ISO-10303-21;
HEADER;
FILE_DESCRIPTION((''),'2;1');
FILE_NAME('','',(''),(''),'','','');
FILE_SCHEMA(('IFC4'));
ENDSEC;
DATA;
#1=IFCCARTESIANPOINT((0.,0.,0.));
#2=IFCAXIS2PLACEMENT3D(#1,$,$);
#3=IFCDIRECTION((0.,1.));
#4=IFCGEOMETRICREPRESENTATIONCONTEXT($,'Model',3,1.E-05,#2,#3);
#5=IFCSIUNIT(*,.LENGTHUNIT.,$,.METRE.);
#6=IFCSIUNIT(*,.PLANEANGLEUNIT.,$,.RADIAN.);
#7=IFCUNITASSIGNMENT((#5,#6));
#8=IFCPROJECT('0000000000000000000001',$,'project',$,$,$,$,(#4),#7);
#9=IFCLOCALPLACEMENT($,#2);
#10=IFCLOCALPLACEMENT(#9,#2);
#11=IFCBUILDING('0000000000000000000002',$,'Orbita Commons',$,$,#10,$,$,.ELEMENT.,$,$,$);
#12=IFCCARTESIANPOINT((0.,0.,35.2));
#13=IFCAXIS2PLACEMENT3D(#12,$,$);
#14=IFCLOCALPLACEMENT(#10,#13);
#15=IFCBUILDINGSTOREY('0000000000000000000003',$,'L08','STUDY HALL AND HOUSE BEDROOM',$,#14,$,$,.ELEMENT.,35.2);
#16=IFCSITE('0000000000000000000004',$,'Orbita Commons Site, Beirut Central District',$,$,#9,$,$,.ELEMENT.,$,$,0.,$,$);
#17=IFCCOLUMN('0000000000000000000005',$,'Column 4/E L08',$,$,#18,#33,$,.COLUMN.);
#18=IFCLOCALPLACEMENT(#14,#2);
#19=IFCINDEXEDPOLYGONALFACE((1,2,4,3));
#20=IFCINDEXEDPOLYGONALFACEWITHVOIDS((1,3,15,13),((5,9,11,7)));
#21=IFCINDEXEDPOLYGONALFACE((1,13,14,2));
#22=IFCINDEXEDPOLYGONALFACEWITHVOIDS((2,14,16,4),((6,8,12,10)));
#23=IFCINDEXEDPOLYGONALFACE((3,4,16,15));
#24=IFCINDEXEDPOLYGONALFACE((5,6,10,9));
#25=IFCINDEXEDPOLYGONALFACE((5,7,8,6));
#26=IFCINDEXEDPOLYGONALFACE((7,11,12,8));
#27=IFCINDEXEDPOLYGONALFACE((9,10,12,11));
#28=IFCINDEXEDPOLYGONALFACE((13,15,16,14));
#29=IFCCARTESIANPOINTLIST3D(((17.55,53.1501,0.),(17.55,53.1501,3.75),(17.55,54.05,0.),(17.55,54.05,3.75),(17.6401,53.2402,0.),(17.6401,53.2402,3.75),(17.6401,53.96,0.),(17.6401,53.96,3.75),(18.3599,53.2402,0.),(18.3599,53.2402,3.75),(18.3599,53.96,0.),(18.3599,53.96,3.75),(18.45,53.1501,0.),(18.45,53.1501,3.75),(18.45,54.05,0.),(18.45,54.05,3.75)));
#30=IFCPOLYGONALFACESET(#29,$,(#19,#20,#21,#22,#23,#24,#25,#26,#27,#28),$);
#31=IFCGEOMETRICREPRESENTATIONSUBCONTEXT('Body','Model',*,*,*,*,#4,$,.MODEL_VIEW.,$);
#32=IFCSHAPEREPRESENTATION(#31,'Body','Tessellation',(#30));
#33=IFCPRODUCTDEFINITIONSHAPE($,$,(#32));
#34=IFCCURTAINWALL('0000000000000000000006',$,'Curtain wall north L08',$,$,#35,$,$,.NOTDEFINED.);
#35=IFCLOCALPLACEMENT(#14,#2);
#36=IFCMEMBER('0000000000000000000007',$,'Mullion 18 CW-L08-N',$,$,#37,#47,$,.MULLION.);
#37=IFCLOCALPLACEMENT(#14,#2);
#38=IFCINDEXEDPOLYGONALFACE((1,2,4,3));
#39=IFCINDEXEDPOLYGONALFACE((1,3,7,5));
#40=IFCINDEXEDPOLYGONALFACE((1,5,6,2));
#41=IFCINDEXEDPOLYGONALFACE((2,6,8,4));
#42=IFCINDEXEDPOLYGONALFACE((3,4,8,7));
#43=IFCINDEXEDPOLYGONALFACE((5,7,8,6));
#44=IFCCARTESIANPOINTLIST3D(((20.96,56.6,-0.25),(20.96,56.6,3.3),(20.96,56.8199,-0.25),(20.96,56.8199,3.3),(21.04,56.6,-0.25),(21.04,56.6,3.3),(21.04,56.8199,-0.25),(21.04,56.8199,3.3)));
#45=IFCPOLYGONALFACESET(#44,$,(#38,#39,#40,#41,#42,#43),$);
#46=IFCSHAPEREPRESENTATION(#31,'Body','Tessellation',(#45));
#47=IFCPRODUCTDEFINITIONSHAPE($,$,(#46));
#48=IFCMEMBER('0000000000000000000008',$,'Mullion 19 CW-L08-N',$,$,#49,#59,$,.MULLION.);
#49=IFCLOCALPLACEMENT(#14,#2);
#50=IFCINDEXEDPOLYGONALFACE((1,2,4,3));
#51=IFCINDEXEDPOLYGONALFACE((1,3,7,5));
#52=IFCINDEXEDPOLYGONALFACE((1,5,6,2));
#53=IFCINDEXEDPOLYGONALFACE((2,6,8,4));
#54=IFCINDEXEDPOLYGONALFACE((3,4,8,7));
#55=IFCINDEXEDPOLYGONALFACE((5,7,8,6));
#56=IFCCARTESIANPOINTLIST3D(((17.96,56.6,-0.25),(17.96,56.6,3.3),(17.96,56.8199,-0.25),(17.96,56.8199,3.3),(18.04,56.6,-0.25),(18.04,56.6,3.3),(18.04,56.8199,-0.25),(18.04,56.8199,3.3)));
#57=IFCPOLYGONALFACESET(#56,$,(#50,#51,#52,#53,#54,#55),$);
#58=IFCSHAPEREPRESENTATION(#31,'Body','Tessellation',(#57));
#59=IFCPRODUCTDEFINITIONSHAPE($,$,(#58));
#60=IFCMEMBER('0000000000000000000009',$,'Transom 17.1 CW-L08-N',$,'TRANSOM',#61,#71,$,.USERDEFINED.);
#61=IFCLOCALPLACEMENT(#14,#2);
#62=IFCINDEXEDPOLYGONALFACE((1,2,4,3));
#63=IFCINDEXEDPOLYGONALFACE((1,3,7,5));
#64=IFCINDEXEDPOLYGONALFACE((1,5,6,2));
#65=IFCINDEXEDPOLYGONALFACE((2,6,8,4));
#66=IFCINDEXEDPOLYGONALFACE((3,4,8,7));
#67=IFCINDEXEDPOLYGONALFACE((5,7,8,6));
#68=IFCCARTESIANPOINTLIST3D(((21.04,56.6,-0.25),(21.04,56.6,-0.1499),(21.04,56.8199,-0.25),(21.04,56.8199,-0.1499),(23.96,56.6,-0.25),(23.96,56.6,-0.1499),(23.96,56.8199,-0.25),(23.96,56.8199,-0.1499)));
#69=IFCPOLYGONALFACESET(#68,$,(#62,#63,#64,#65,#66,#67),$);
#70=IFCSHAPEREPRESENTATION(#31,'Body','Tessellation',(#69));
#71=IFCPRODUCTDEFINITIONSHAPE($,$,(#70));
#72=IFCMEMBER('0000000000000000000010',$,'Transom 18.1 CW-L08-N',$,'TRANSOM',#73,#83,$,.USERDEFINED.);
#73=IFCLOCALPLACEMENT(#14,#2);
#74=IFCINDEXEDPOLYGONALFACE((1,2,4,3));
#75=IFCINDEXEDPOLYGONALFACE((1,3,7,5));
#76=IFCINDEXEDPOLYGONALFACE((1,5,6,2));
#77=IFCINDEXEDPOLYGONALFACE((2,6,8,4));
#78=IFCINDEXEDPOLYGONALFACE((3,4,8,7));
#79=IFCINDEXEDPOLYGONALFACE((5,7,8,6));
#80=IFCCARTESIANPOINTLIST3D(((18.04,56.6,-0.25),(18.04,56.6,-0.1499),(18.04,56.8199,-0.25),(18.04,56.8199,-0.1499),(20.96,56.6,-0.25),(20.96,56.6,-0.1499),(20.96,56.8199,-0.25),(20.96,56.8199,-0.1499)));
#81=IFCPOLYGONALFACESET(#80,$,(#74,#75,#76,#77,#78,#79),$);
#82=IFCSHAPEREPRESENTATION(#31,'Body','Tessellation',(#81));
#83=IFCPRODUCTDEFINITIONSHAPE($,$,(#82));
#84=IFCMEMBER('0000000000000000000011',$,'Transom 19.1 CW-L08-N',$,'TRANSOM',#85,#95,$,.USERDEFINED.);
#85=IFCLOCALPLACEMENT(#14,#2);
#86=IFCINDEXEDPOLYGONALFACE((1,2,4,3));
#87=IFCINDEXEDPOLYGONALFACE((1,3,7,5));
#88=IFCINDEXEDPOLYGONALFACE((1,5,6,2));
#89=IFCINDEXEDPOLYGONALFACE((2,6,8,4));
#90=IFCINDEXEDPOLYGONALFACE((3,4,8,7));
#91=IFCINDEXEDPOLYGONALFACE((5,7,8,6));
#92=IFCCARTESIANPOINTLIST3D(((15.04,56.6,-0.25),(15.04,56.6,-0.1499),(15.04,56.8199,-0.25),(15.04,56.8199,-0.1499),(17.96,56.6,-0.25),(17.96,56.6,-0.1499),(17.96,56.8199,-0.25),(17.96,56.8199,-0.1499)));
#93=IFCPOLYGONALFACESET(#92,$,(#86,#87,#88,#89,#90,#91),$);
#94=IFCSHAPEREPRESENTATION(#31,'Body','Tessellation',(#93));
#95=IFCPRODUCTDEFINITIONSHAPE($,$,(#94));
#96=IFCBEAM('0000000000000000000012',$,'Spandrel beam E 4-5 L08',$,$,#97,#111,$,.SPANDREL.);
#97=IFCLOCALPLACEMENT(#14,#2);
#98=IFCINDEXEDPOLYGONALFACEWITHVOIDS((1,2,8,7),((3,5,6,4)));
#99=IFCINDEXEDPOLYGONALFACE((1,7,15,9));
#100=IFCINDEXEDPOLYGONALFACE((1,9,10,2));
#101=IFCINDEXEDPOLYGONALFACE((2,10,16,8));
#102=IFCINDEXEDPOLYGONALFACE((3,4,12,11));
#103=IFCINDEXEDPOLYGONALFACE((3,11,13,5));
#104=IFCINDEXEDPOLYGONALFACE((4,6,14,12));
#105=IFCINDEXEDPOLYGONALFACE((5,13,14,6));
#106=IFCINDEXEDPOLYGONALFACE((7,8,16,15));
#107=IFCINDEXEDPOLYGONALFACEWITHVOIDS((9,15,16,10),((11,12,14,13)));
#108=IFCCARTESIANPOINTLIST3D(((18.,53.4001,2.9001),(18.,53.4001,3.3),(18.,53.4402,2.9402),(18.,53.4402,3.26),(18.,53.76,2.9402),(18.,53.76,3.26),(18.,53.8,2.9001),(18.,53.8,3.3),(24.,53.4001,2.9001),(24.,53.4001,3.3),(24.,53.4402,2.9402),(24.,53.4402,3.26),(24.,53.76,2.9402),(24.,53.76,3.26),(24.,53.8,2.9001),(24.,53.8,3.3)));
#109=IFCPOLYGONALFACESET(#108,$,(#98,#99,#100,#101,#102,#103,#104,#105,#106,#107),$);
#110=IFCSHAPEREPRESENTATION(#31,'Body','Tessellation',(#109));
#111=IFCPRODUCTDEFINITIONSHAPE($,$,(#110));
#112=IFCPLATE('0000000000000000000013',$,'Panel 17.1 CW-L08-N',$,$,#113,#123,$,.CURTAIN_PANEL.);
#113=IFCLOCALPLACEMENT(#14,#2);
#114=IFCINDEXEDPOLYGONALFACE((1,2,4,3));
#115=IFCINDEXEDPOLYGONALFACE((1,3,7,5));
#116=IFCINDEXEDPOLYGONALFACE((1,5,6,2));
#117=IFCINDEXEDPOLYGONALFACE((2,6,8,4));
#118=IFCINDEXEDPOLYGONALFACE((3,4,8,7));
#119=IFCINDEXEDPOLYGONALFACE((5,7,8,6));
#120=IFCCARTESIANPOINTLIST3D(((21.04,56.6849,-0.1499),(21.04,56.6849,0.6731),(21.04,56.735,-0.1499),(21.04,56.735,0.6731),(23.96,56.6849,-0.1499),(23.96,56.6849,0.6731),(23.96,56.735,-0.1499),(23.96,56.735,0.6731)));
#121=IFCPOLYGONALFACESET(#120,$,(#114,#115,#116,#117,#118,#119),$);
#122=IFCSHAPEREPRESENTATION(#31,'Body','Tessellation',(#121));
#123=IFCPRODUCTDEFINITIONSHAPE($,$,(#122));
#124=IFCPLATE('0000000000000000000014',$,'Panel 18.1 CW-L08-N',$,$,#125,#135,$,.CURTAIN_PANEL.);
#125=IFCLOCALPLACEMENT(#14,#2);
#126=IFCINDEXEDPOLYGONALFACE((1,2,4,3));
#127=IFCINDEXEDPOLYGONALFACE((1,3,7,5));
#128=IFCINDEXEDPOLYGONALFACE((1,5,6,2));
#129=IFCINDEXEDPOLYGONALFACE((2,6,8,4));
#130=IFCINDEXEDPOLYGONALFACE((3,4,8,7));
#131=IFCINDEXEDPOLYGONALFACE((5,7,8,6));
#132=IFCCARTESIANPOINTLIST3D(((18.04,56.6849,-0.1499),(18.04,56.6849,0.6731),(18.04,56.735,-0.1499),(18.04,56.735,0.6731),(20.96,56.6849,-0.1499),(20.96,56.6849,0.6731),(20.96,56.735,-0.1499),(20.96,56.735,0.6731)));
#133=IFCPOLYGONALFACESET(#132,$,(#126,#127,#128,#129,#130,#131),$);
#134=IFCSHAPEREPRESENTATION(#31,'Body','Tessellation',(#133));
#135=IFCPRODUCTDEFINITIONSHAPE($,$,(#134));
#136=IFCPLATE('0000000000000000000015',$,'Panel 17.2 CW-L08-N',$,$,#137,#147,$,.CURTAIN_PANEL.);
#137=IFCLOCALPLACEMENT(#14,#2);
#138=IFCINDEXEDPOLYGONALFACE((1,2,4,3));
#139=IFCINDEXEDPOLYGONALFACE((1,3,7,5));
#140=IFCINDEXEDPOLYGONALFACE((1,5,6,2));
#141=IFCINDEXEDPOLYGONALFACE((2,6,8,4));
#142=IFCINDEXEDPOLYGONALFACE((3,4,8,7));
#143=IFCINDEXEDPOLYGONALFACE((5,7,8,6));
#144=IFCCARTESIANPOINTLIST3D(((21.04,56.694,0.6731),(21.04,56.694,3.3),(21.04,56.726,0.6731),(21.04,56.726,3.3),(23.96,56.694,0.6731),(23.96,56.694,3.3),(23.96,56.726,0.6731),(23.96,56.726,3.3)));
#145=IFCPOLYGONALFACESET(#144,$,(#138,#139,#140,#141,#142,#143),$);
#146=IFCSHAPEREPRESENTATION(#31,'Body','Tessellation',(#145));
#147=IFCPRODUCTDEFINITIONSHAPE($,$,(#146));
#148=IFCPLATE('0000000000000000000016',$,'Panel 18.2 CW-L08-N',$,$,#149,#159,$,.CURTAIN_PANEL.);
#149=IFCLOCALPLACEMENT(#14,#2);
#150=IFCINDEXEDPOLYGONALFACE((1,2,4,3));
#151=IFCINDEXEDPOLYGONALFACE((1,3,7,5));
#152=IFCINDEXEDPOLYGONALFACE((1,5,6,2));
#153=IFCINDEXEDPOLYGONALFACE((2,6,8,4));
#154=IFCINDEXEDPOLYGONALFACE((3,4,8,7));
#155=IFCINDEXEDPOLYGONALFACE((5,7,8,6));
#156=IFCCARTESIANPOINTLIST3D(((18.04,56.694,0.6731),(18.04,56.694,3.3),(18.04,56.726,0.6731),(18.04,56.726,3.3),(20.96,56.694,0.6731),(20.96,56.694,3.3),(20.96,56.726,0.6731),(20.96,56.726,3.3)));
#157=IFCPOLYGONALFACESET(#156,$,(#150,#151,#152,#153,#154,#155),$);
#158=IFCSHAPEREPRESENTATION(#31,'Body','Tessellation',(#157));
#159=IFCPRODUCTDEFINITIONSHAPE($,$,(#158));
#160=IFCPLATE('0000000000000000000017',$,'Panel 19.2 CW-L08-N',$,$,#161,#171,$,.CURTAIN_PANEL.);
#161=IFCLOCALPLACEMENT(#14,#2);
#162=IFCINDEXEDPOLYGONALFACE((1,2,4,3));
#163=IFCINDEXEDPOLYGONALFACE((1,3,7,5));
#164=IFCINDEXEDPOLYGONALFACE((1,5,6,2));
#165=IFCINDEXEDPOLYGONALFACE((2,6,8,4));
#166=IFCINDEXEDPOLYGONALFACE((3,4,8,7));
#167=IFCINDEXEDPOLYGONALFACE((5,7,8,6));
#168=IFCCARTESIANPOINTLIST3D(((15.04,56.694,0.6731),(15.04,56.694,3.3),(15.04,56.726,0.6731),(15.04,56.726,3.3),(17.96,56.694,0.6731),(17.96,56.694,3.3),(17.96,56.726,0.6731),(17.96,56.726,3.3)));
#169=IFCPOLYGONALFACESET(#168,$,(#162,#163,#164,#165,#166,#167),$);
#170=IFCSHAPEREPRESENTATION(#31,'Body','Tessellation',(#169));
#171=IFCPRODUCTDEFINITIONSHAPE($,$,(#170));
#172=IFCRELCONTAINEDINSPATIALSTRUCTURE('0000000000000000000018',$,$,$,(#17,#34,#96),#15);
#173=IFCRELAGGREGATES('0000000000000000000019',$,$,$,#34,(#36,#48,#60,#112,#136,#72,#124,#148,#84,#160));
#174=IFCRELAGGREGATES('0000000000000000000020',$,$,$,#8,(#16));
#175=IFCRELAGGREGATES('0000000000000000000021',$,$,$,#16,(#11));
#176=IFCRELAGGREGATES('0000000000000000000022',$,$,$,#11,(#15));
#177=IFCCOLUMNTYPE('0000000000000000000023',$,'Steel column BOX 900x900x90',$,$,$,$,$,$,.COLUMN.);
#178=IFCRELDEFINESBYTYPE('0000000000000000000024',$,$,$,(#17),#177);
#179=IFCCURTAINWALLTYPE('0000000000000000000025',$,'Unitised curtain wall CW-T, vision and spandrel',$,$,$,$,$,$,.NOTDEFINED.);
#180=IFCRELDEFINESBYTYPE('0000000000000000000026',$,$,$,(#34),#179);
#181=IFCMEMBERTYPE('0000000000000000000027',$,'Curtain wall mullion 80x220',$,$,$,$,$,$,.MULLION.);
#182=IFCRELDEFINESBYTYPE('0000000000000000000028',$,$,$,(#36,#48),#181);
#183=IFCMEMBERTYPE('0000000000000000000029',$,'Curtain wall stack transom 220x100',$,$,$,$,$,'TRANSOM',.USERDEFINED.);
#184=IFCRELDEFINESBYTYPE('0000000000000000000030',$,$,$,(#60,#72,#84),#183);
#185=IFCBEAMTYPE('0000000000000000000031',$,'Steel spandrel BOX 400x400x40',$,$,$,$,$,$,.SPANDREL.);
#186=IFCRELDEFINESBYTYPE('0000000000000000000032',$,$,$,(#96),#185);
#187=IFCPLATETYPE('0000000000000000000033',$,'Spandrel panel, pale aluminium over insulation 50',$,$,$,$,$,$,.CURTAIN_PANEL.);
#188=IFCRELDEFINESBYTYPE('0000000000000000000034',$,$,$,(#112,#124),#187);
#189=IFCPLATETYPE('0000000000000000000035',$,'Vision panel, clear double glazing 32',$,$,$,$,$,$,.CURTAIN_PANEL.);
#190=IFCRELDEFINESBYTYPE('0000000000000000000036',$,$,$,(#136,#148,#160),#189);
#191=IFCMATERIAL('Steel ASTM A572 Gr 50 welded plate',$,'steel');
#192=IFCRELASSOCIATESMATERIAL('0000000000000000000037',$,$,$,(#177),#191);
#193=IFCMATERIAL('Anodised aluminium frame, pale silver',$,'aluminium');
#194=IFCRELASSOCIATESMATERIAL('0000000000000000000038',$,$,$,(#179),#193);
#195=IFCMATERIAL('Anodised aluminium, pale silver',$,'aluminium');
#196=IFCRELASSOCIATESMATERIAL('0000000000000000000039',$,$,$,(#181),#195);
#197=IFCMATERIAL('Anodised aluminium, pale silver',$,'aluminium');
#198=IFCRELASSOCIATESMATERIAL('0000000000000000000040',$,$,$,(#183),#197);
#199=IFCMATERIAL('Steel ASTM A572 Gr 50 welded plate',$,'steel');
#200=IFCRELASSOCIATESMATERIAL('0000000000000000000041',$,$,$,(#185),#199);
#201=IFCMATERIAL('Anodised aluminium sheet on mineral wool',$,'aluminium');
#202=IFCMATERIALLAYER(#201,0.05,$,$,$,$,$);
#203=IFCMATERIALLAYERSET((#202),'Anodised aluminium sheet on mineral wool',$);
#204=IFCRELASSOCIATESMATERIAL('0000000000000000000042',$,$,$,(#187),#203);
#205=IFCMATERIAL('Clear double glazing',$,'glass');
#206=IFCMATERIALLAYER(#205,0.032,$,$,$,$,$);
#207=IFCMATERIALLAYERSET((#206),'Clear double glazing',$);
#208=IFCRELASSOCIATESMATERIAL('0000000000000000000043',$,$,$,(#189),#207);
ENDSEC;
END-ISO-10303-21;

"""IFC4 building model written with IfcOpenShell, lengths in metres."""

from ifc_helpers import new_model, si_unit, direction, frame, origin, origin_2d, place, context, subcontext, project, spatial, rectangle, hollow_rectangle, extrude, material, layer, layer_set, material_profile, profile_set, type_object, element, aggregate, save


model = new_model("IFC4")

# Units and contexts
model_context = context("Model", 3, precision=1e-05, world=origin(), true_north=direction((0.0, 1.0)))
body_context = subcontext(model_context, "Body", "Model", "MODEL_VIEW")
ifc_project = project(units=[si_unit("LENGTHUNIT", "METRE"), si_unit("PLANEANGLEUNIT", "RADIAN")], contexts=[model_context])

# Site, building, storey
site_placement = place(None, origin())
site = spatial("IfcSite", under=ifc_project, at=site_placement, Name="Orbita Commons Site, Beirut Central District", CompositionType="ELEMENT", RefElevation=0.0)
building_placement = place(site_placement, origin())
building = spatial("IfcBuilding", under=site, at=building_placement, Name="Orbita Commons", CompositionType="ELEMENT")
storey_placement = place(building_placement, frame((0.0, 0.0, 35.2)))
storey = spatial("IfcBuildingStorey", under=building, at=storey_placement, Name="L08", Description="STUDY HALL AND HOUSE BEDROOM", CompositionType="ELEMENT", Elevation=35.2)

# Column
ifc_material_1 = material(Name="Steel ASTM A572 Gr 50 welded plate", Category="steel")
ifc_material_profile_1 = material_profile(ifc_material_1, hollow_rectangle(XDim=0.8999, YDim=0.8999, WallThickness=0.0901, at=origin_2d()), Name="BOX 900x900x90")
ifc_profile_set_1 = profile_set([ifc_material_profile_1], Name="Steel ASTM A572 Gr 50 welded plate")
column_type = type_object("IfcColumnType", Name="Steel column BOX 900x900x90", PredefinedType="COLUMN", material=ifc_profile_set_1)
column_placement = place(storey_placement, frame((18.0, 53.6001, 0.0), z_axis=(0.0, 0.0, 1.0), x_axis=(1.0, 0.0, 0.0)))
element("IfcColumn", 1, at=column_placement, inside=storey, type_object=column_type, Name="Column 4/E L08", PredefinedType="COLUMN", context=body_context, shape_type="SweptSolid", body=[
    extrude(hollow_rectangle(XDim=0.8999, YDim=0.8999, WallThickness=0.0901, at=origin_2d()), origin(), (0.0, 0.0, 1.0), 3.75),
])

# Curtain wall, members
ifc_material_2 = material(Name="Anodised aluminium frame, pale silver", Category="aluminium")
curtain_wall_type = type_object("IfcCurtainWallType", Name="Unitised curtain wall CW-T, vision and spandrel", PredefinedType="NOTDEFINED", material=ifc_material_2)
curtain_wall_placement = place(storey_placement, origin())
curtain_wall = element("IfcCurtainWall", 2, at=curtain_wall_placement, inside=storey, type_object=curtain_wall_type, Name="Curtain wall north L08", PredefinedType="NOTDEFINED")
ifc_material_3 = material(Name="Anodised aluminium, pale silver", Category="aluminium")
ifc_material_profile_2 = material_profile(ifc_material_3, rectangle(XDim=0.0801, YDim=0.22, at=origin_2d()), Name="AL 80x220")
ifc_profile_set_2 = profile_set([ifc_material_profile_2], Name="Anodised aluminium, pale silver")
member_type_1 = type_object("IfcMemberType", Name="Curtain wall mullion 80x220", PredefinedType="MULLION", material=ifc_profile_set_2)
member_1_placement = place(storey_placement, frame((21.0, 56.71, -0.25), z_axis=(0.0, 0.0, 1.0), x_axis=(-1.0, 0.0, 0.0)))
member_1 = element("IfcMember", 3, at=member_1_placement, type_object=member_type_1, Name="Mullion 18 CW-L08-N", PredefinedType="MULLION", context=body_context, shape_type="SweptSolid", body=[
    extrude(rectangle(XDim=0.0801, YDim=0.22, at=origin_2d()), origin(), (0.0, 0.0, 1.0), 3.55),
])
member_2_placement = place(storey_placement, frame((18.0, 56.71, -0.25), z_axis=(0.0, 0.0, 1.0), x_axis=(-1.0, 0.0, 0.0)))
member_2 = element("IfcMember", 4, at=member_2_placement, type_object=member_type_1, Name="Mullion 19 CW-L08-N", PredefinedType="MULLION", context=body_context, shape_type="SweptSolid", body=[
    extrude(rectangle(XDim=0.0801, YDim=0.22, at=origin_2d()), origin(), (0.0, 0.0, 1.0), 3.55),
])
ifc_material_4 = material(Name="Anodised aluminium, pale silver", Category="aluminium")
ifc_material_profile_3 = material_profile(ifc_material_4, rectangle(XDim=0.22, YDim=0.1001, at=origin_2d()), Name="AL 220x100")
ifc_profile_set_3 = profile_set([ifc_material_profile_3], Name="Anodised aluminium, pale silver")
member_type_2 = type_object("IfcMemberType", Name="Curtain wall stack transom 220x100", ElementType="TRANSOM", PredefinedType="USERDEFINED", material=ifc_profile_set_3)
member_3_placement = place(storey_placement, frame((23.96, 56.71, -0.2), z_axis=(-1.0, 0.0, 0.0), x_axis=(0.0, -1.0, 0.0)))
member_3 = element("IfcMember", 5, at=member_3_placement, type_object=member_type_2, Name="Transom 17.1 CW-L08-N", ObjectType="TRANSOM", PredefinedType="USERDEFINED", context=body_context, shape_type="SweptSolid", body=[
    extrude(rectangle(XDim=0.22, YDim=0.1001, at=origin_2d()), origin(), (0.0, 0.0, 1.0), 2.9199),
])
member_4_placement = place(storey_placement, frame((20.96, 56.71, -0.2), z_axis=(-1.0, 0.0, 0.0), x_axis=(0.0, -1.0, 0.0)))
member_4 = element("IfcMember", 6, at=member_4_placement, type_object=member_type_2, Name="Transom 18.1 CW-L08-N", ObjectType="TRANSOM", PredefinedType="USERDEFINED", context=body_context, shape_type="SweptSolid", body=[
    extrude(rectangle(XDim=0.22, YDim=0.1001, at=origin_2d()), origin(), (0.0, 0.0, 1.0), 2.9199),
])
member_5_placement = place(storey_placement, frame((17.96, 56.71, -0.2), z_axis=(-1.0, 0.0, 0.0), x_axis=(0.0, -1.0, 0.0)))
member_5 = element("IfcMember", 7, at=member_5_placement, type_object=member_type_2, Name="Transom 19.1 CW-L08-N", ObjectType="TRANSOM", PredefinedType="USERDEFINED", context=body_context, shape_type="SweptSolid", body=[
    extrude(rectangle(XDim=0.22, YDim=0.1001, at=origin_2d()), origin(), (0.0, 0.0, 1.0), 2.9199),
])

# Beam
ifc_material_5 = material(Name="Steel ASTM A572 Gr 50 welded plate", Category="steel")
ifc_material_profile_4 = material_profile(ifc_material_5, hollow_rectangle(XDim=0.3999, YDim=0.3999, WallThickness=0.04, at=origin_2d()), Name="BOX 400x400x40")
ifc_profile_set_4 = profile_set([ifc_material_profile_4], Name="Steel ASTM A572 Gr 50 welded plate")
beam_type = type_object("IfcBeamType", Name="Steel spandrel BOX 400x400x40", PredefinedType="SPANDREL", material=ifc_profile_set_4)
beam_placement = place(storey_placement, frame((18.0, 53.6001, 3.1001), z_axis=(1.0, 0.0, 0.0), x_axis=(0.0, 1.0, 0.0)))
element("IfcBeam", 8, at=beam_placement, inside=storey, type_object=beam_type, Name="Spandrel beam E 4-5 L08", PredefinedType="SPANDREL", context=body_context, shape_type="SweptSolid", body=[
    extrude(hollow_rectangle(XDim=0.3999, YDim=0.3999, WallThickness=0.04, at=origin_2d()), origin(), (0.0, 0.0, 1.0), 6.0),
])

# Plates
ifc_material_6 = material(Name="Anodised aluminium sheet on mineral wool", Category="aluminium")
ifc_layer_1 = layer(ifc_material_6, 0.05)
ifc_layer_set_1 = layer_set([ifc_layer_1], Name="Anodised aluminium sheet on mineral wool")
plate_type_1 = type_object("IfcPlateType", Name="Spandrel panel, pale aluminium over insulation 50", PredefinedType="CURTAIN_PANEL", material=ifc_layer_set_1)
plate_1_placement = place(storey_placement, frame((22.5, 56.71, -0.1499), z_axis=(0.0, 0.0, 1.0), x_axis=(-1.0, 0.0, 0.0)))
plate_1 = element("IfcPlate", 9, at=plate_1_placement, type_object=plate_type_1, Name="Panel 17.1 CW-L08-N", PredefinedType="CURTAIN_PANEL", context=body_context, shape_type="SweptSolid", body=[
    extrude(rectangle(XDim=2.9199, YDim=0.05, at=origin_2d()), origin(), (0.0, 0.0, 1.0), 0.823),
])
plate_2_placement = place(storey_placement, frame((19.5, 56.71, -0.1499), z_axis=(0.0, 0.0, 1.0), x_axis=(-1.0, 0.0, 0.0)))
plate_2 = element("IfcPlate", 10, at=plate_2_placement, type_object=plate_type_1, Name="Panel 18.1 CW-L08-N", PredefinedType="CURTAIN_PANEL", context=body_context, shape_type="SweptSolid", body=[
    extrude(rectangle(XDim=2.9199, YDim=0.05, at=origin_2d()), origin(), (0.0, 0.0, 1.0), 0.823),
])
ifc_material_7 = material(Name="Clear double glazing", Category="glass")
ifc_layer_2 = layer(ifc_material_7, 0.032)
ifc_layer_set_2 = layer_set([ifc_layer_2], Name="Clear double glazing")
plate_type_2 = type_object("IfcPlateType", Name="Vision panel, clear double glazing 32", PredefinedType="CURTAIN_PANEL", material=ifc_layer_set_2)
plate_3_placement = place(storey_placement, frame((22.5, 56.71, 0.6731), z_axis=(0.0, 0.0, 1.0), x_axis=(-1.0, 0.0, 0.0)))
plate_3 = element("IfcPlate", 11, at=plate_3_placement, type_object=plate_type_2, Name="Panel 17.2 CW-L08-N", PredefinedType="CURTAIN_PANEL", context=body_context, shape_type="SweptSolid", body=[
    extrude(rectangle(XDim=2.9199, YDim=0.032, at=origin_2d()), origin(), (0.0, 0.0, 1.0), 2.627),
])
plate_4_placement = place(storey_placement, frame((19.5, 56.71, 0.6731), z_axis=(0.0, 0.0, 1.0), x_axis=(-1.0, 0.0, 0.0)))
plate_4 = element("IfcPlate", 12, at=plate_4_placement, type_object=plate_type_2, Name="Panel 18.2 CW-L08-N", PredefinedType="CURTAIN_PANEL", context=body_context, shape_type="SweptSolid", body=[
    extrude(rectangle(XDim=2.9199, YDim=0.032, at=origin_2d()), origin(), (0.0, 0.0, 1.0), 2.627),
])
plate_5_placement = place(storey_placement, frame((16.5, 56.71, 0.6731), z_axis=(0.0, 0.0, 1.0), x_axis=(-1.0, 0.0, 0.0)))
plate_5 = element("IfcPlate", 13, at=plate_5_placement, type_object=plate_type_2, Name="Panel 19.2 CW-L08-N", PredefinedType="CURTAIN_PANEL", context=body_context, shape_type="SweptSolid", body=[
    extrude(rectangle(XDim=2.9199, YDim=0.032, at=origin_2d()), origin(), (0.0, 0.0, 1.0), 2.627),
])
aggregate(curtain_wall, [member_1, member_2, member_3, plate_1, plate_3, member_4, plate_2, plate_4, member_5, plate_5])

save(model, "model.ifc")
